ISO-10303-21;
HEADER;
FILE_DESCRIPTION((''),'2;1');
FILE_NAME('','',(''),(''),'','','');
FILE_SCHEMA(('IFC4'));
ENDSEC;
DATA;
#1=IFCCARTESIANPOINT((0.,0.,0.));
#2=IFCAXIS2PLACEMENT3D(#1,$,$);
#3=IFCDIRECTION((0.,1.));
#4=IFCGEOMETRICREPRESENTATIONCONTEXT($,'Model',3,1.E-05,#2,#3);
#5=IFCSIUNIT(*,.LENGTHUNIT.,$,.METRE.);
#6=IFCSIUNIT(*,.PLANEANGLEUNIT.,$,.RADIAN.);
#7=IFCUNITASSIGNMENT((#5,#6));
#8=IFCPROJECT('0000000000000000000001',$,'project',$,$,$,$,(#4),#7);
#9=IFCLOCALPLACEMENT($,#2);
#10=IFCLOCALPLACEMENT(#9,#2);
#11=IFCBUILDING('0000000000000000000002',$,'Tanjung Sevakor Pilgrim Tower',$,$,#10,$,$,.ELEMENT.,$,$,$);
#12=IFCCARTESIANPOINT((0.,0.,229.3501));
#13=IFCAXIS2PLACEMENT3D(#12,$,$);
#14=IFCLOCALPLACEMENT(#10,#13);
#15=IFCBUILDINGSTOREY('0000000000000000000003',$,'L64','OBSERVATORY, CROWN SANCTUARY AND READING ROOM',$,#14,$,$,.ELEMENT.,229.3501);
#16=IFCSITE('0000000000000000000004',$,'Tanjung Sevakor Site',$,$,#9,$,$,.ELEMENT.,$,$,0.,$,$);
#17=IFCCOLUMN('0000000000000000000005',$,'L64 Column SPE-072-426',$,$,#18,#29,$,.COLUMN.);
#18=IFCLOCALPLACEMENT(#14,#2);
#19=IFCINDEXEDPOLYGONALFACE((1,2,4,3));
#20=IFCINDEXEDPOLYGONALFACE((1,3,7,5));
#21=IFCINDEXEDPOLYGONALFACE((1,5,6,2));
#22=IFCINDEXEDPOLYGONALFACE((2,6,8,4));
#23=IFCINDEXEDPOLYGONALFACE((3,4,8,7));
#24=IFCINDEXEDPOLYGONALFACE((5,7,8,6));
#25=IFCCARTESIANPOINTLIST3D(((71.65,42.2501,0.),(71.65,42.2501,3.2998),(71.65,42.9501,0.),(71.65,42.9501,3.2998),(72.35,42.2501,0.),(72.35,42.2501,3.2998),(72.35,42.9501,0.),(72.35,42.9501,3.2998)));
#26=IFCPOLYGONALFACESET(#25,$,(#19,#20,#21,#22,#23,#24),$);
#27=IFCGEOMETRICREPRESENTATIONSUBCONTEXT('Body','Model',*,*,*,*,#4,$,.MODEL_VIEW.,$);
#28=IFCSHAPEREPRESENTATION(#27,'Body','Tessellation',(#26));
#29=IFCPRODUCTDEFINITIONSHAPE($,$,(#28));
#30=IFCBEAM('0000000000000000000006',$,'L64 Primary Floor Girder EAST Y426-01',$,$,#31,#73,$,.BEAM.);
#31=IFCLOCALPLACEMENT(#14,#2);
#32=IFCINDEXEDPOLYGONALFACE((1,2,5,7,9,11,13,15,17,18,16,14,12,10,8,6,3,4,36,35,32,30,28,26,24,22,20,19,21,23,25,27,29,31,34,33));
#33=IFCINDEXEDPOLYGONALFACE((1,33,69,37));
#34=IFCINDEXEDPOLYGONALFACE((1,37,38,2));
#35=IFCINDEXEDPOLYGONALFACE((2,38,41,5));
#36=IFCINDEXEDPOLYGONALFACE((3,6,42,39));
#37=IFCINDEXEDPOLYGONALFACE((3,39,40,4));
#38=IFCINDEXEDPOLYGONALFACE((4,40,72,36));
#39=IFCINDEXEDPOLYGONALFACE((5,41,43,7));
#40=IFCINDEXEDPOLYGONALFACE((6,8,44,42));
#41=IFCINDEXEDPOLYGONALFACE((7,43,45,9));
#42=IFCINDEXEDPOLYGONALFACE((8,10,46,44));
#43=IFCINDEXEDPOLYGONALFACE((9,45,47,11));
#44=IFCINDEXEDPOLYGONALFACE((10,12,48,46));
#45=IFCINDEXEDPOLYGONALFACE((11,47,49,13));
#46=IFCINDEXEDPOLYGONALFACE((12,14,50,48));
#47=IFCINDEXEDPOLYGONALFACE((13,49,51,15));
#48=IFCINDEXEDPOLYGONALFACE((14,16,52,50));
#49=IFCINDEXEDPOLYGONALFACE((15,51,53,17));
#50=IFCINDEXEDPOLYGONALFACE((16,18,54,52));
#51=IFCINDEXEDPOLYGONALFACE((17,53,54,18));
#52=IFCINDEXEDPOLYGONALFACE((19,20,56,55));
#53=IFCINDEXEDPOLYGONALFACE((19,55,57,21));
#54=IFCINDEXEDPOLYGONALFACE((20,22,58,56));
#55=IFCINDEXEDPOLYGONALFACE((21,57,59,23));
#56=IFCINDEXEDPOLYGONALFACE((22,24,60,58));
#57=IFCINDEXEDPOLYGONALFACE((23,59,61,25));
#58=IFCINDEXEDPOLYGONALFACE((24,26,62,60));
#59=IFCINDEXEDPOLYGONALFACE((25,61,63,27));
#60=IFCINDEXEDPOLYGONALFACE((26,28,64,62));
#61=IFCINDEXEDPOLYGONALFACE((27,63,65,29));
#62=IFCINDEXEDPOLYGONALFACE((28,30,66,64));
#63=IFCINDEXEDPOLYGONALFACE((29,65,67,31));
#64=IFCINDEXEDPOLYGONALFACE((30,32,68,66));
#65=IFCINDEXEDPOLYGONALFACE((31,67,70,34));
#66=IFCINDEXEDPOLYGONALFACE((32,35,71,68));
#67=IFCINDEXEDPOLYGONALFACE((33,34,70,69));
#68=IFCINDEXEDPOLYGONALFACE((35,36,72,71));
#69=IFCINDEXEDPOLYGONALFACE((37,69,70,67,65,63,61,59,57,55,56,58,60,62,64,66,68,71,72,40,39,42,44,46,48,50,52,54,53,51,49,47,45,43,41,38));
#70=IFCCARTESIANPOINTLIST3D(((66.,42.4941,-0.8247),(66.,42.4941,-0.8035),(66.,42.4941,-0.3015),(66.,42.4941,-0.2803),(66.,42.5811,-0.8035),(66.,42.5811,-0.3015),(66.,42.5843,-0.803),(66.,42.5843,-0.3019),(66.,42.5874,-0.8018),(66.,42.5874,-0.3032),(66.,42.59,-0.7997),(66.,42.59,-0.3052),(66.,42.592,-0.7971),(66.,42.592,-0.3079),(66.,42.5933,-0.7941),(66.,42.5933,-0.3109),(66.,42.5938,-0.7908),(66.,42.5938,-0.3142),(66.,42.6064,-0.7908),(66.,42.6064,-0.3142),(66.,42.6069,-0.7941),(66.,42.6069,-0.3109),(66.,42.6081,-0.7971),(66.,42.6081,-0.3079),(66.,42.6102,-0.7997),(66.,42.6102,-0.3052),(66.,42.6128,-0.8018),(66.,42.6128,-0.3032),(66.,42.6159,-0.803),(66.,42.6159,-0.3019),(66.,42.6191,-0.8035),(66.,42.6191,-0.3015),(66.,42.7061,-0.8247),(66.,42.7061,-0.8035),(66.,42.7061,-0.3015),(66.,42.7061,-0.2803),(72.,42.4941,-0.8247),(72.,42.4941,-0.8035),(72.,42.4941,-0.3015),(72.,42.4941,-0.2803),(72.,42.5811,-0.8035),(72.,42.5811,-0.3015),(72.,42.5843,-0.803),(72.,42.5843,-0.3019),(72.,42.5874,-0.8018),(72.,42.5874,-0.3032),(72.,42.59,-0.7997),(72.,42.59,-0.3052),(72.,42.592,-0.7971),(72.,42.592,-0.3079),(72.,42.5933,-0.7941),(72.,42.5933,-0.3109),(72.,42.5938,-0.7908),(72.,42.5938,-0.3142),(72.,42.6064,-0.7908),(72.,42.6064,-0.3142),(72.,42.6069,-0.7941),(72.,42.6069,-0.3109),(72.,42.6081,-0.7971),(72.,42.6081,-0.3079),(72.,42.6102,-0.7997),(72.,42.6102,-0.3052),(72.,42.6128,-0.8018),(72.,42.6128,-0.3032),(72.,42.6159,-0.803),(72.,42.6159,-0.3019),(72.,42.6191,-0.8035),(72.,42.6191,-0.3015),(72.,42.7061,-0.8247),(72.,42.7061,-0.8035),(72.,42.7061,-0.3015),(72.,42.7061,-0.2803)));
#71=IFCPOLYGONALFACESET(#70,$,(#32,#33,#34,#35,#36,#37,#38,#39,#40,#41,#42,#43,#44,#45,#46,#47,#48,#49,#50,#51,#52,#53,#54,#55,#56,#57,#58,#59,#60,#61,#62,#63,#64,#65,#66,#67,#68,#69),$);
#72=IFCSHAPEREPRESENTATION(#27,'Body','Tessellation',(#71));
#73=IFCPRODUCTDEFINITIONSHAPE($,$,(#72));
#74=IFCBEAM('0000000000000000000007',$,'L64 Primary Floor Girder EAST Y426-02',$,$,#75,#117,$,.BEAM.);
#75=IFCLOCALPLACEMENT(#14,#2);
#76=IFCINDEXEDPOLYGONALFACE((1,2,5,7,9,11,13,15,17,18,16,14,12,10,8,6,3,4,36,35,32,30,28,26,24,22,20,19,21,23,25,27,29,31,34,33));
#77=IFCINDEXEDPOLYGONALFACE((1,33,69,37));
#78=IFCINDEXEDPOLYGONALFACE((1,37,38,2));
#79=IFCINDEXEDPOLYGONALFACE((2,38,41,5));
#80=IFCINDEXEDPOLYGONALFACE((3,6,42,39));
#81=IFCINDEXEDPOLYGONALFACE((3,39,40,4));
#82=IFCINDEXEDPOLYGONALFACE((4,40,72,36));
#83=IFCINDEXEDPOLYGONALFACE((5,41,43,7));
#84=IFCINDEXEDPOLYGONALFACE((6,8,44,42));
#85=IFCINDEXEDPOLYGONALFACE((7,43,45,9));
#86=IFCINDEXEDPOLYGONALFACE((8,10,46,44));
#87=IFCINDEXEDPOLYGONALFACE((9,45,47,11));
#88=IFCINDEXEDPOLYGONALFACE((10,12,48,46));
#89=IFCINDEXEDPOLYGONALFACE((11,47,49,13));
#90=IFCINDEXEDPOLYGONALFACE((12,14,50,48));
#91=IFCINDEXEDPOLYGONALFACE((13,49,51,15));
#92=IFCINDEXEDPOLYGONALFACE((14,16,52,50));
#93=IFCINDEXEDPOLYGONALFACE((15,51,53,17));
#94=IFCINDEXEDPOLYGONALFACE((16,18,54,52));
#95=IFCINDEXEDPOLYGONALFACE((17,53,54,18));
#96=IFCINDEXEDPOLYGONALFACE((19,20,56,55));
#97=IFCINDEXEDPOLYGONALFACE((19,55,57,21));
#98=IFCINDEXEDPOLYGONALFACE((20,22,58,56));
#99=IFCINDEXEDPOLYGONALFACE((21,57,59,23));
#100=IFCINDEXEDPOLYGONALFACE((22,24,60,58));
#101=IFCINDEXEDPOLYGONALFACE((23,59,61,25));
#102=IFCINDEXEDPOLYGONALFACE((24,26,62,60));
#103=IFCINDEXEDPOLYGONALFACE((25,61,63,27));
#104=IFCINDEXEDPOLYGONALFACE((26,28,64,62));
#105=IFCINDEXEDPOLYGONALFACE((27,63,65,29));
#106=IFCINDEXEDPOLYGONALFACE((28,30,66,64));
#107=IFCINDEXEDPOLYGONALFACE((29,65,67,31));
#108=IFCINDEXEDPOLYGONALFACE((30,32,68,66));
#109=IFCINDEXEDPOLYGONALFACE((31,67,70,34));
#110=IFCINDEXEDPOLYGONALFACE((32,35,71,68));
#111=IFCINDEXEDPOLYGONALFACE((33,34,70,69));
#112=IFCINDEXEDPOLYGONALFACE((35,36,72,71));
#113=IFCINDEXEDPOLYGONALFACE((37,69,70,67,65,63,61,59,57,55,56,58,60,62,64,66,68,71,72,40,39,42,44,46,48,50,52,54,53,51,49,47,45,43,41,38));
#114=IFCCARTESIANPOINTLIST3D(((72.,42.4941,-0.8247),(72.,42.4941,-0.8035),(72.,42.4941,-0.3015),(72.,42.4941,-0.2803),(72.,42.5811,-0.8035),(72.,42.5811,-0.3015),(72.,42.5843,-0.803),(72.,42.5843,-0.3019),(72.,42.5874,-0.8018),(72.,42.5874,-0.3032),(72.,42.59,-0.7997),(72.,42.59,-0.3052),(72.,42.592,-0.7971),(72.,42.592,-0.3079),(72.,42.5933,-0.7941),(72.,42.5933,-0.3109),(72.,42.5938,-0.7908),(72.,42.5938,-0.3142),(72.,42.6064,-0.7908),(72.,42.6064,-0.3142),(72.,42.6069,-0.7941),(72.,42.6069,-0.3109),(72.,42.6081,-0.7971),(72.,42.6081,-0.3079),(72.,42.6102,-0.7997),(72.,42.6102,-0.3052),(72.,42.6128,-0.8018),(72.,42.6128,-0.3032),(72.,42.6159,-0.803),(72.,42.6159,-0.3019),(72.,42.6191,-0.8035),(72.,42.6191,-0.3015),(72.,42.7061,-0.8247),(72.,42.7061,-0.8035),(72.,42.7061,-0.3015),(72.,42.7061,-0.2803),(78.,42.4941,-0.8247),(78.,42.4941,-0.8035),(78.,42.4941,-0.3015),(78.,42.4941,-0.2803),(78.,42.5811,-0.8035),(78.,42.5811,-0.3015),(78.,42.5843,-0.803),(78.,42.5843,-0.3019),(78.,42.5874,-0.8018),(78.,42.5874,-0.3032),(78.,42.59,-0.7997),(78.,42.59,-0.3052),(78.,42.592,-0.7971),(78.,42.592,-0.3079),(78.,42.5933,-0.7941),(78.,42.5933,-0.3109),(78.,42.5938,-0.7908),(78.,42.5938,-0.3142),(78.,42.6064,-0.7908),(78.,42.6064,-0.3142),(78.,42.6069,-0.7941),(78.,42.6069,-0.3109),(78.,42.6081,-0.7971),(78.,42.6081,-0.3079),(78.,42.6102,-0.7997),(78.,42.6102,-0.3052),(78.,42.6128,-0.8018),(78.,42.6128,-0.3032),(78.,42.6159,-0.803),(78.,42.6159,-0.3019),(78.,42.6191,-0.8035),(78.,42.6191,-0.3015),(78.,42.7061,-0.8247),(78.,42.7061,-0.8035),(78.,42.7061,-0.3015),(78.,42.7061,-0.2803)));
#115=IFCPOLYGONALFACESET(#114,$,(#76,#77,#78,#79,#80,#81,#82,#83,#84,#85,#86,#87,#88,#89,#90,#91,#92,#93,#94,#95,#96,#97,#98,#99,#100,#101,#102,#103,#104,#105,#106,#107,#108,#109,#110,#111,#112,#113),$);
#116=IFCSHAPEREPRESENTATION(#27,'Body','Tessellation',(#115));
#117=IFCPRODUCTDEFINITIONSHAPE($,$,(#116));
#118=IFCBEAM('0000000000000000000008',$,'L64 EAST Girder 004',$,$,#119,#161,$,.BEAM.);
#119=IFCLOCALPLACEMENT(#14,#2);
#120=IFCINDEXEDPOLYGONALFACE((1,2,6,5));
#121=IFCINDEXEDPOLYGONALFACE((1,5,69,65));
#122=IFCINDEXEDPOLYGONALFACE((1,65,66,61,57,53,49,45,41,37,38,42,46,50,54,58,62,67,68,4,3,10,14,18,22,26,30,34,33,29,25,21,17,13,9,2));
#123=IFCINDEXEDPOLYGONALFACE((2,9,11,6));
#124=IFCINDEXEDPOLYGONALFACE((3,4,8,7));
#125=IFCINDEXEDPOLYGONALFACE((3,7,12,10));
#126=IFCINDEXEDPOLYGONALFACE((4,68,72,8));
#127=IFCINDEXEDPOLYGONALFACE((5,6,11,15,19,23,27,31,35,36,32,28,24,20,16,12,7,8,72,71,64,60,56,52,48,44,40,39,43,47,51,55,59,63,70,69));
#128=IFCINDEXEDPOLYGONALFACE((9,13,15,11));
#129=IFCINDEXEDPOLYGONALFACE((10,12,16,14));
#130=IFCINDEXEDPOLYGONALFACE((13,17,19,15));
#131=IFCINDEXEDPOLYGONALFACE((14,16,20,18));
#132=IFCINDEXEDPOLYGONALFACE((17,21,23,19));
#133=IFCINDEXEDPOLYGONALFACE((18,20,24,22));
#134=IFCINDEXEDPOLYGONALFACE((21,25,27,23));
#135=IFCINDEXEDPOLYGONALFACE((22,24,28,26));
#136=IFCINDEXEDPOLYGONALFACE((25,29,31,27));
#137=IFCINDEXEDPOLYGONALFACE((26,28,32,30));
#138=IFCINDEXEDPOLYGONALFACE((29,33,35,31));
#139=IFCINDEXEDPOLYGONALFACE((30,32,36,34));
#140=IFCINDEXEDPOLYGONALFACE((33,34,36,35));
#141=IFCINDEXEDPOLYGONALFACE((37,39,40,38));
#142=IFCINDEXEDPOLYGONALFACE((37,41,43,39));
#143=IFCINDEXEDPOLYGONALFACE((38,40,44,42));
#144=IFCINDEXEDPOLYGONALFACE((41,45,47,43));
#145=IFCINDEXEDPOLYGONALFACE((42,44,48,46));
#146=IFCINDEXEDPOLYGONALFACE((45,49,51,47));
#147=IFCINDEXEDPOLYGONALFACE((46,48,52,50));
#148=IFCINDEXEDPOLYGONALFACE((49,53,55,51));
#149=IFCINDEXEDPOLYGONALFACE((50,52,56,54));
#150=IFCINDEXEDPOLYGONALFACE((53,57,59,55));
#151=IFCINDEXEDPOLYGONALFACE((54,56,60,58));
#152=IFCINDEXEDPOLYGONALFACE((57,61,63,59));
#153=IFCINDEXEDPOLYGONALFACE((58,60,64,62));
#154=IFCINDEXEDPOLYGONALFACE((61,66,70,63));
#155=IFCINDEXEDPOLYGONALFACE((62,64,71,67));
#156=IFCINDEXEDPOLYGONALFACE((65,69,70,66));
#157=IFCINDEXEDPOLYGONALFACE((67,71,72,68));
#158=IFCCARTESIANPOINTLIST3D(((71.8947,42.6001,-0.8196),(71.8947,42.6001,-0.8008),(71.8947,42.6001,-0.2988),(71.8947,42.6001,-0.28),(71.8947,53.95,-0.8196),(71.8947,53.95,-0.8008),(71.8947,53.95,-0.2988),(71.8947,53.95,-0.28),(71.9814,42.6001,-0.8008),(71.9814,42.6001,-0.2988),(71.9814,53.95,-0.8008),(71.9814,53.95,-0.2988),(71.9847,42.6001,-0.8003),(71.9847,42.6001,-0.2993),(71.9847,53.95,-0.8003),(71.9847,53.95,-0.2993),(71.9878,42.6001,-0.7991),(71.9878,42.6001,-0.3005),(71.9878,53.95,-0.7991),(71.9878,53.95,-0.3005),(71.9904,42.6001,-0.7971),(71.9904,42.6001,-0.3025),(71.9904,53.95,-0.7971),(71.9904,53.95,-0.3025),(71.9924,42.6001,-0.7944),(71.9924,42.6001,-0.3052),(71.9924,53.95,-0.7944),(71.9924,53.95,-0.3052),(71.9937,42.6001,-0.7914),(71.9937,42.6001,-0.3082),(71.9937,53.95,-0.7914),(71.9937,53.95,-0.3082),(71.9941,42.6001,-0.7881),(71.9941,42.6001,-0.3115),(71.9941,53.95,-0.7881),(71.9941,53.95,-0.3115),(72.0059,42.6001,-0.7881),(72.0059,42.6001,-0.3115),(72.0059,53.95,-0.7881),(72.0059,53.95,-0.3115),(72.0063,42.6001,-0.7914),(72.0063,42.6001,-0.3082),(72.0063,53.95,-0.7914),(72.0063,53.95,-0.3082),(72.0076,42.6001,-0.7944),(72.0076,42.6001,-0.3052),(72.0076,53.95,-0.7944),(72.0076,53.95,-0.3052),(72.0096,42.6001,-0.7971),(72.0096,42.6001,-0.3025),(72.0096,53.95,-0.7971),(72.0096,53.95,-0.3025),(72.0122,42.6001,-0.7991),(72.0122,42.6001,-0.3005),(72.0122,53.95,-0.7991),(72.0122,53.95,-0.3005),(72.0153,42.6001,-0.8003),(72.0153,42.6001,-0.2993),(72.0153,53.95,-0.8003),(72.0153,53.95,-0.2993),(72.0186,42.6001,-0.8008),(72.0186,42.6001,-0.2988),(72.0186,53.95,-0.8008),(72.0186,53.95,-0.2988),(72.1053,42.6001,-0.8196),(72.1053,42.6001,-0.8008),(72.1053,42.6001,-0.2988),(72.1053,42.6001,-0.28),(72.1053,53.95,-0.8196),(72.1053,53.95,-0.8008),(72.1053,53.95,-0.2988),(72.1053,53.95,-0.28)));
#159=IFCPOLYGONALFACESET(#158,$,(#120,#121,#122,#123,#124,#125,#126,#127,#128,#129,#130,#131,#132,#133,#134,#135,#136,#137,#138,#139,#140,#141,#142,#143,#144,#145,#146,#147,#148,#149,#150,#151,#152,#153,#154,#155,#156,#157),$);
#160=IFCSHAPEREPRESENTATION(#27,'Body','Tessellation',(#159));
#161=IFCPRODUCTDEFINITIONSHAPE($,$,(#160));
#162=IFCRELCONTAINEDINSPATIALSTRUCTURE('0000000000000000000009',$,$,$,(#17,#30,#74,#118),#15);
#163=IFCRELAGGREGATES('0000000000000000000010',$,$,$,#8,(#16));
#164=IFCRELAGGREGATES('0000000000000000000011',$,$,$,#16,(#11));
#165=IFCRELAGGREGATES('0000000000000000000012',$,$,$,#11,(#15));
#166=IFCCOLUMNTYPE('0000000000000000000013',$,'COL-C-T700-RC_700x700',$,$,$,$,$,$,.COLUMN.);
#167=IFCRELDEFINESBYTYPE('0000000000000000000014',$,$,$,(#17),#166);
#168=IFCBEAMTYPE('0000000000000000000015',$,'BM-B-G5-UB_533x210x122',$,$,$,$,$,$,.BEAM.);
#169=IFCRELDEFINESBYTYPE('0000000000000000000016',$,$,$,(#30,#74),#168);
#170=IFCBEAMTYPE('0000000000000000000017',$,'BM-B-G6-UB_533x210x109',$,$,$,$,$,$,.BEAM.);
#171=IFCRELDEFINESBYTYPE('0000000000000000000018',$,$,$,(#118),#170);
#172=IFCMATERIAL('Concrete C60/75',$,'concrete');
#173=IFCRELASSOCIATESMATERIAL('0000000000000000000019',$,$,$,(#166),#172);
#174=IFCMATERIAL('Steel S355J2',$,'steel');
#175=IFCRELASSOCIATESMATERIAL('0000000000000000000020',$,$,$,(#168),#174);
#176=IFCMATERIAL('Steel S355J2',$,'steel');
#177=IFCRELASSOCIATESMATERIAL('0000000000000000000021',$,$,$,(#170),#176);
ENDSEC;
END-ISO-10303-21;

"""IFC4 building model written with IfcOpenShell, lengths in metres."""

from ifc_helpers import new_model, si_unit, direction, frame, origin, origin_2d, place, context, subcontext, project, spatial, rectangle, i_section, extrude, material, material_profile, profile_set, type_object, element, save


model = new_model("IFC4")

# Units and contexts
model_context = context("Model", 3, precision=1e-05, world=origin(), true_north=direction((0.0, 1.0)))
body_context = subcontext(model_context, "Body", "Model", "MODEL_VIEW")
ifc_project = project(units=[si_unit("LENGTHUNIT", "METRE"), si_unit("PLANEANGLEUNIT", "RADIAN")], contexts=[model_context])

# Site, building, storey
site_placement = place(None, origin())
site = spatial("IfcSite", under=ifc_project, at=site_placement, Name="Tanjung Sevakor Site", CompositionType="ELEMENT", RefElevation=0.0)
building_placement = place(site_placement, origin())
building = spatial("IfcBuilding", under=site, at=building_placement, Name="Tanjung Sevakor Pilgrim Tower", CompositionType="ELEMENT")
storey_placement = place(building_placement, frame((0.0, 0.0, 229.3501)))
storey = spatial("IfcBuildingStorey", under=building, at=storey_placement, Name="L64", Description="OBSERVATORY, CROWN SANCTUARY AND READING ROOM", CompositionType="ELEMENT", Elevation=229.3501)

# Column
ifc_material_1 = material(Name="Concrete C60/75", Category="concrete")
ifc_material_profile_1 = material_profile(ifc_material_1, rectangle(XDim=0.7, YDim=0.7, at=origin_2d()))
ifc_profile_set_1 = profile_set([ifc_material_profile_1], Name="Concrete C60/75")
column_type = type_object("IfcColumnType", Name="COL-C-T700-RC_700x700", PredefinedType="COLUMN", material=ifc_profile_set_1)
column_placement = place(storey_placement, frame((72.0, 42.6001, 0.0), z_axis=(0.0, 0.0, 1.0), x_axis=(1.0, 0.0, 0.0)))
element("IfcColumn", 1, at=column_placement, inside=storey, type_object=column_type, Name="L64 Column SPE-072-426", PredefinedType="COLUMN", context=body_context, shape_type="SweptSolid", body=[
    extrude(rectangle(XDim=0.7, YDim=0.7, at=origin_2d()), origin(), (0.0, 0.0, 1.0), 3.2998),
])

# Beams
ifc_material_2 = material(Name="Steel S355J2", Category="steel")
ifc_material_profile_2 = material_profile(ifc_material_2, i_section(OverallWidth=0.2119, OverallDepth=0.5444, WebThickness=0.0127, FlangeThickness=0.0212, FilletRadius=0.0127, at=origin_2d()))
ifc_profile_set_2 = profile_set([ifc_material_profile_2], Name="Steel S355J2")
beam_type_1 = type_object("IfcBeamType", Name="BM-B-G5-UB_533x210x122", PredefinedType="BEAM", material=ifc_profile_set_2)
for number, where, z_axis, x_axis, name in (
    (2, (66.0, 42.6001, -0.5525), (1.0, 0.0, 0.0), (0.0, 1.0, 0.0), "L64 Primary Floor Girder EAST Y426-01"),
    (3, (72.0, 42.6001, -0.5525), (1.0, 0.0, 0.0), (0.0, 1.0, 0.0), "L64 Primary Floor Girder EAST Y426-02"),
):
    element("IfcBeam", number, at=place(storey_placement, frame(where, z_axis=z_axis, x_axis=x_axis)), inside=storey, type_object=beam_type_1, Name=name, PredefinedType="BEAM", context=body_context, shape_type="SweptSolid", body=[
        extrude(i_section(OverallWidth=0.2119, OverallDepth=0.5444, WebThickness=0.0127, FlangeThickness=0.0212, FilletRadius=0.0127, at=origin_2d()), origin(), (0.0, 0.0, 1.0), 6.0),
    ])
ifc_material_3 = material(Name="Steel S355J2", Category="steel")
ifc_material_profile_3 = material_profile(ifc_material_3, i_section(OverallWidth=0.2107, OverallDepth=0.5396, WebThickness=0.0117, FlangeThickness=0.0188, FilletRadius=0.0127, at=origin_2d()))
ifc_profile_set_3 = profile_set([ifc_material_profile_3], Name="Steel S355J2")
beam_type_2 = type_object("IfcBeamType", Name="BM-B-G6-UB_533x210x109", PredefinedType="BEAM", material=ifc_profile_set_3)
beam_placement = place(storey_placement, frame((72.0, 42.6001, -0.5498), z_axis=(0.0, 1.0, 0.0), x_axis=(-1.0, 0.0, 0.0)))
element("IfcBeam", 4, at=beam_placement, inside=storey, type_object=beam_type_2, Name="L64 EAST Girder 004", PredefinedType="BEAM", context=body_context, shape_type="SweptSolid", body=[
    extrude(i_section(OverallWidth=0.2107, OverallDepth=0.5396, WebThickness=0.0117, FlangeThickness=0.0188, FilletRadius=0.0127, at=origin_2d()), origin(), (0.0, 0.0, 1.0), 11.3499),
])

save(model, "model.ifc")
